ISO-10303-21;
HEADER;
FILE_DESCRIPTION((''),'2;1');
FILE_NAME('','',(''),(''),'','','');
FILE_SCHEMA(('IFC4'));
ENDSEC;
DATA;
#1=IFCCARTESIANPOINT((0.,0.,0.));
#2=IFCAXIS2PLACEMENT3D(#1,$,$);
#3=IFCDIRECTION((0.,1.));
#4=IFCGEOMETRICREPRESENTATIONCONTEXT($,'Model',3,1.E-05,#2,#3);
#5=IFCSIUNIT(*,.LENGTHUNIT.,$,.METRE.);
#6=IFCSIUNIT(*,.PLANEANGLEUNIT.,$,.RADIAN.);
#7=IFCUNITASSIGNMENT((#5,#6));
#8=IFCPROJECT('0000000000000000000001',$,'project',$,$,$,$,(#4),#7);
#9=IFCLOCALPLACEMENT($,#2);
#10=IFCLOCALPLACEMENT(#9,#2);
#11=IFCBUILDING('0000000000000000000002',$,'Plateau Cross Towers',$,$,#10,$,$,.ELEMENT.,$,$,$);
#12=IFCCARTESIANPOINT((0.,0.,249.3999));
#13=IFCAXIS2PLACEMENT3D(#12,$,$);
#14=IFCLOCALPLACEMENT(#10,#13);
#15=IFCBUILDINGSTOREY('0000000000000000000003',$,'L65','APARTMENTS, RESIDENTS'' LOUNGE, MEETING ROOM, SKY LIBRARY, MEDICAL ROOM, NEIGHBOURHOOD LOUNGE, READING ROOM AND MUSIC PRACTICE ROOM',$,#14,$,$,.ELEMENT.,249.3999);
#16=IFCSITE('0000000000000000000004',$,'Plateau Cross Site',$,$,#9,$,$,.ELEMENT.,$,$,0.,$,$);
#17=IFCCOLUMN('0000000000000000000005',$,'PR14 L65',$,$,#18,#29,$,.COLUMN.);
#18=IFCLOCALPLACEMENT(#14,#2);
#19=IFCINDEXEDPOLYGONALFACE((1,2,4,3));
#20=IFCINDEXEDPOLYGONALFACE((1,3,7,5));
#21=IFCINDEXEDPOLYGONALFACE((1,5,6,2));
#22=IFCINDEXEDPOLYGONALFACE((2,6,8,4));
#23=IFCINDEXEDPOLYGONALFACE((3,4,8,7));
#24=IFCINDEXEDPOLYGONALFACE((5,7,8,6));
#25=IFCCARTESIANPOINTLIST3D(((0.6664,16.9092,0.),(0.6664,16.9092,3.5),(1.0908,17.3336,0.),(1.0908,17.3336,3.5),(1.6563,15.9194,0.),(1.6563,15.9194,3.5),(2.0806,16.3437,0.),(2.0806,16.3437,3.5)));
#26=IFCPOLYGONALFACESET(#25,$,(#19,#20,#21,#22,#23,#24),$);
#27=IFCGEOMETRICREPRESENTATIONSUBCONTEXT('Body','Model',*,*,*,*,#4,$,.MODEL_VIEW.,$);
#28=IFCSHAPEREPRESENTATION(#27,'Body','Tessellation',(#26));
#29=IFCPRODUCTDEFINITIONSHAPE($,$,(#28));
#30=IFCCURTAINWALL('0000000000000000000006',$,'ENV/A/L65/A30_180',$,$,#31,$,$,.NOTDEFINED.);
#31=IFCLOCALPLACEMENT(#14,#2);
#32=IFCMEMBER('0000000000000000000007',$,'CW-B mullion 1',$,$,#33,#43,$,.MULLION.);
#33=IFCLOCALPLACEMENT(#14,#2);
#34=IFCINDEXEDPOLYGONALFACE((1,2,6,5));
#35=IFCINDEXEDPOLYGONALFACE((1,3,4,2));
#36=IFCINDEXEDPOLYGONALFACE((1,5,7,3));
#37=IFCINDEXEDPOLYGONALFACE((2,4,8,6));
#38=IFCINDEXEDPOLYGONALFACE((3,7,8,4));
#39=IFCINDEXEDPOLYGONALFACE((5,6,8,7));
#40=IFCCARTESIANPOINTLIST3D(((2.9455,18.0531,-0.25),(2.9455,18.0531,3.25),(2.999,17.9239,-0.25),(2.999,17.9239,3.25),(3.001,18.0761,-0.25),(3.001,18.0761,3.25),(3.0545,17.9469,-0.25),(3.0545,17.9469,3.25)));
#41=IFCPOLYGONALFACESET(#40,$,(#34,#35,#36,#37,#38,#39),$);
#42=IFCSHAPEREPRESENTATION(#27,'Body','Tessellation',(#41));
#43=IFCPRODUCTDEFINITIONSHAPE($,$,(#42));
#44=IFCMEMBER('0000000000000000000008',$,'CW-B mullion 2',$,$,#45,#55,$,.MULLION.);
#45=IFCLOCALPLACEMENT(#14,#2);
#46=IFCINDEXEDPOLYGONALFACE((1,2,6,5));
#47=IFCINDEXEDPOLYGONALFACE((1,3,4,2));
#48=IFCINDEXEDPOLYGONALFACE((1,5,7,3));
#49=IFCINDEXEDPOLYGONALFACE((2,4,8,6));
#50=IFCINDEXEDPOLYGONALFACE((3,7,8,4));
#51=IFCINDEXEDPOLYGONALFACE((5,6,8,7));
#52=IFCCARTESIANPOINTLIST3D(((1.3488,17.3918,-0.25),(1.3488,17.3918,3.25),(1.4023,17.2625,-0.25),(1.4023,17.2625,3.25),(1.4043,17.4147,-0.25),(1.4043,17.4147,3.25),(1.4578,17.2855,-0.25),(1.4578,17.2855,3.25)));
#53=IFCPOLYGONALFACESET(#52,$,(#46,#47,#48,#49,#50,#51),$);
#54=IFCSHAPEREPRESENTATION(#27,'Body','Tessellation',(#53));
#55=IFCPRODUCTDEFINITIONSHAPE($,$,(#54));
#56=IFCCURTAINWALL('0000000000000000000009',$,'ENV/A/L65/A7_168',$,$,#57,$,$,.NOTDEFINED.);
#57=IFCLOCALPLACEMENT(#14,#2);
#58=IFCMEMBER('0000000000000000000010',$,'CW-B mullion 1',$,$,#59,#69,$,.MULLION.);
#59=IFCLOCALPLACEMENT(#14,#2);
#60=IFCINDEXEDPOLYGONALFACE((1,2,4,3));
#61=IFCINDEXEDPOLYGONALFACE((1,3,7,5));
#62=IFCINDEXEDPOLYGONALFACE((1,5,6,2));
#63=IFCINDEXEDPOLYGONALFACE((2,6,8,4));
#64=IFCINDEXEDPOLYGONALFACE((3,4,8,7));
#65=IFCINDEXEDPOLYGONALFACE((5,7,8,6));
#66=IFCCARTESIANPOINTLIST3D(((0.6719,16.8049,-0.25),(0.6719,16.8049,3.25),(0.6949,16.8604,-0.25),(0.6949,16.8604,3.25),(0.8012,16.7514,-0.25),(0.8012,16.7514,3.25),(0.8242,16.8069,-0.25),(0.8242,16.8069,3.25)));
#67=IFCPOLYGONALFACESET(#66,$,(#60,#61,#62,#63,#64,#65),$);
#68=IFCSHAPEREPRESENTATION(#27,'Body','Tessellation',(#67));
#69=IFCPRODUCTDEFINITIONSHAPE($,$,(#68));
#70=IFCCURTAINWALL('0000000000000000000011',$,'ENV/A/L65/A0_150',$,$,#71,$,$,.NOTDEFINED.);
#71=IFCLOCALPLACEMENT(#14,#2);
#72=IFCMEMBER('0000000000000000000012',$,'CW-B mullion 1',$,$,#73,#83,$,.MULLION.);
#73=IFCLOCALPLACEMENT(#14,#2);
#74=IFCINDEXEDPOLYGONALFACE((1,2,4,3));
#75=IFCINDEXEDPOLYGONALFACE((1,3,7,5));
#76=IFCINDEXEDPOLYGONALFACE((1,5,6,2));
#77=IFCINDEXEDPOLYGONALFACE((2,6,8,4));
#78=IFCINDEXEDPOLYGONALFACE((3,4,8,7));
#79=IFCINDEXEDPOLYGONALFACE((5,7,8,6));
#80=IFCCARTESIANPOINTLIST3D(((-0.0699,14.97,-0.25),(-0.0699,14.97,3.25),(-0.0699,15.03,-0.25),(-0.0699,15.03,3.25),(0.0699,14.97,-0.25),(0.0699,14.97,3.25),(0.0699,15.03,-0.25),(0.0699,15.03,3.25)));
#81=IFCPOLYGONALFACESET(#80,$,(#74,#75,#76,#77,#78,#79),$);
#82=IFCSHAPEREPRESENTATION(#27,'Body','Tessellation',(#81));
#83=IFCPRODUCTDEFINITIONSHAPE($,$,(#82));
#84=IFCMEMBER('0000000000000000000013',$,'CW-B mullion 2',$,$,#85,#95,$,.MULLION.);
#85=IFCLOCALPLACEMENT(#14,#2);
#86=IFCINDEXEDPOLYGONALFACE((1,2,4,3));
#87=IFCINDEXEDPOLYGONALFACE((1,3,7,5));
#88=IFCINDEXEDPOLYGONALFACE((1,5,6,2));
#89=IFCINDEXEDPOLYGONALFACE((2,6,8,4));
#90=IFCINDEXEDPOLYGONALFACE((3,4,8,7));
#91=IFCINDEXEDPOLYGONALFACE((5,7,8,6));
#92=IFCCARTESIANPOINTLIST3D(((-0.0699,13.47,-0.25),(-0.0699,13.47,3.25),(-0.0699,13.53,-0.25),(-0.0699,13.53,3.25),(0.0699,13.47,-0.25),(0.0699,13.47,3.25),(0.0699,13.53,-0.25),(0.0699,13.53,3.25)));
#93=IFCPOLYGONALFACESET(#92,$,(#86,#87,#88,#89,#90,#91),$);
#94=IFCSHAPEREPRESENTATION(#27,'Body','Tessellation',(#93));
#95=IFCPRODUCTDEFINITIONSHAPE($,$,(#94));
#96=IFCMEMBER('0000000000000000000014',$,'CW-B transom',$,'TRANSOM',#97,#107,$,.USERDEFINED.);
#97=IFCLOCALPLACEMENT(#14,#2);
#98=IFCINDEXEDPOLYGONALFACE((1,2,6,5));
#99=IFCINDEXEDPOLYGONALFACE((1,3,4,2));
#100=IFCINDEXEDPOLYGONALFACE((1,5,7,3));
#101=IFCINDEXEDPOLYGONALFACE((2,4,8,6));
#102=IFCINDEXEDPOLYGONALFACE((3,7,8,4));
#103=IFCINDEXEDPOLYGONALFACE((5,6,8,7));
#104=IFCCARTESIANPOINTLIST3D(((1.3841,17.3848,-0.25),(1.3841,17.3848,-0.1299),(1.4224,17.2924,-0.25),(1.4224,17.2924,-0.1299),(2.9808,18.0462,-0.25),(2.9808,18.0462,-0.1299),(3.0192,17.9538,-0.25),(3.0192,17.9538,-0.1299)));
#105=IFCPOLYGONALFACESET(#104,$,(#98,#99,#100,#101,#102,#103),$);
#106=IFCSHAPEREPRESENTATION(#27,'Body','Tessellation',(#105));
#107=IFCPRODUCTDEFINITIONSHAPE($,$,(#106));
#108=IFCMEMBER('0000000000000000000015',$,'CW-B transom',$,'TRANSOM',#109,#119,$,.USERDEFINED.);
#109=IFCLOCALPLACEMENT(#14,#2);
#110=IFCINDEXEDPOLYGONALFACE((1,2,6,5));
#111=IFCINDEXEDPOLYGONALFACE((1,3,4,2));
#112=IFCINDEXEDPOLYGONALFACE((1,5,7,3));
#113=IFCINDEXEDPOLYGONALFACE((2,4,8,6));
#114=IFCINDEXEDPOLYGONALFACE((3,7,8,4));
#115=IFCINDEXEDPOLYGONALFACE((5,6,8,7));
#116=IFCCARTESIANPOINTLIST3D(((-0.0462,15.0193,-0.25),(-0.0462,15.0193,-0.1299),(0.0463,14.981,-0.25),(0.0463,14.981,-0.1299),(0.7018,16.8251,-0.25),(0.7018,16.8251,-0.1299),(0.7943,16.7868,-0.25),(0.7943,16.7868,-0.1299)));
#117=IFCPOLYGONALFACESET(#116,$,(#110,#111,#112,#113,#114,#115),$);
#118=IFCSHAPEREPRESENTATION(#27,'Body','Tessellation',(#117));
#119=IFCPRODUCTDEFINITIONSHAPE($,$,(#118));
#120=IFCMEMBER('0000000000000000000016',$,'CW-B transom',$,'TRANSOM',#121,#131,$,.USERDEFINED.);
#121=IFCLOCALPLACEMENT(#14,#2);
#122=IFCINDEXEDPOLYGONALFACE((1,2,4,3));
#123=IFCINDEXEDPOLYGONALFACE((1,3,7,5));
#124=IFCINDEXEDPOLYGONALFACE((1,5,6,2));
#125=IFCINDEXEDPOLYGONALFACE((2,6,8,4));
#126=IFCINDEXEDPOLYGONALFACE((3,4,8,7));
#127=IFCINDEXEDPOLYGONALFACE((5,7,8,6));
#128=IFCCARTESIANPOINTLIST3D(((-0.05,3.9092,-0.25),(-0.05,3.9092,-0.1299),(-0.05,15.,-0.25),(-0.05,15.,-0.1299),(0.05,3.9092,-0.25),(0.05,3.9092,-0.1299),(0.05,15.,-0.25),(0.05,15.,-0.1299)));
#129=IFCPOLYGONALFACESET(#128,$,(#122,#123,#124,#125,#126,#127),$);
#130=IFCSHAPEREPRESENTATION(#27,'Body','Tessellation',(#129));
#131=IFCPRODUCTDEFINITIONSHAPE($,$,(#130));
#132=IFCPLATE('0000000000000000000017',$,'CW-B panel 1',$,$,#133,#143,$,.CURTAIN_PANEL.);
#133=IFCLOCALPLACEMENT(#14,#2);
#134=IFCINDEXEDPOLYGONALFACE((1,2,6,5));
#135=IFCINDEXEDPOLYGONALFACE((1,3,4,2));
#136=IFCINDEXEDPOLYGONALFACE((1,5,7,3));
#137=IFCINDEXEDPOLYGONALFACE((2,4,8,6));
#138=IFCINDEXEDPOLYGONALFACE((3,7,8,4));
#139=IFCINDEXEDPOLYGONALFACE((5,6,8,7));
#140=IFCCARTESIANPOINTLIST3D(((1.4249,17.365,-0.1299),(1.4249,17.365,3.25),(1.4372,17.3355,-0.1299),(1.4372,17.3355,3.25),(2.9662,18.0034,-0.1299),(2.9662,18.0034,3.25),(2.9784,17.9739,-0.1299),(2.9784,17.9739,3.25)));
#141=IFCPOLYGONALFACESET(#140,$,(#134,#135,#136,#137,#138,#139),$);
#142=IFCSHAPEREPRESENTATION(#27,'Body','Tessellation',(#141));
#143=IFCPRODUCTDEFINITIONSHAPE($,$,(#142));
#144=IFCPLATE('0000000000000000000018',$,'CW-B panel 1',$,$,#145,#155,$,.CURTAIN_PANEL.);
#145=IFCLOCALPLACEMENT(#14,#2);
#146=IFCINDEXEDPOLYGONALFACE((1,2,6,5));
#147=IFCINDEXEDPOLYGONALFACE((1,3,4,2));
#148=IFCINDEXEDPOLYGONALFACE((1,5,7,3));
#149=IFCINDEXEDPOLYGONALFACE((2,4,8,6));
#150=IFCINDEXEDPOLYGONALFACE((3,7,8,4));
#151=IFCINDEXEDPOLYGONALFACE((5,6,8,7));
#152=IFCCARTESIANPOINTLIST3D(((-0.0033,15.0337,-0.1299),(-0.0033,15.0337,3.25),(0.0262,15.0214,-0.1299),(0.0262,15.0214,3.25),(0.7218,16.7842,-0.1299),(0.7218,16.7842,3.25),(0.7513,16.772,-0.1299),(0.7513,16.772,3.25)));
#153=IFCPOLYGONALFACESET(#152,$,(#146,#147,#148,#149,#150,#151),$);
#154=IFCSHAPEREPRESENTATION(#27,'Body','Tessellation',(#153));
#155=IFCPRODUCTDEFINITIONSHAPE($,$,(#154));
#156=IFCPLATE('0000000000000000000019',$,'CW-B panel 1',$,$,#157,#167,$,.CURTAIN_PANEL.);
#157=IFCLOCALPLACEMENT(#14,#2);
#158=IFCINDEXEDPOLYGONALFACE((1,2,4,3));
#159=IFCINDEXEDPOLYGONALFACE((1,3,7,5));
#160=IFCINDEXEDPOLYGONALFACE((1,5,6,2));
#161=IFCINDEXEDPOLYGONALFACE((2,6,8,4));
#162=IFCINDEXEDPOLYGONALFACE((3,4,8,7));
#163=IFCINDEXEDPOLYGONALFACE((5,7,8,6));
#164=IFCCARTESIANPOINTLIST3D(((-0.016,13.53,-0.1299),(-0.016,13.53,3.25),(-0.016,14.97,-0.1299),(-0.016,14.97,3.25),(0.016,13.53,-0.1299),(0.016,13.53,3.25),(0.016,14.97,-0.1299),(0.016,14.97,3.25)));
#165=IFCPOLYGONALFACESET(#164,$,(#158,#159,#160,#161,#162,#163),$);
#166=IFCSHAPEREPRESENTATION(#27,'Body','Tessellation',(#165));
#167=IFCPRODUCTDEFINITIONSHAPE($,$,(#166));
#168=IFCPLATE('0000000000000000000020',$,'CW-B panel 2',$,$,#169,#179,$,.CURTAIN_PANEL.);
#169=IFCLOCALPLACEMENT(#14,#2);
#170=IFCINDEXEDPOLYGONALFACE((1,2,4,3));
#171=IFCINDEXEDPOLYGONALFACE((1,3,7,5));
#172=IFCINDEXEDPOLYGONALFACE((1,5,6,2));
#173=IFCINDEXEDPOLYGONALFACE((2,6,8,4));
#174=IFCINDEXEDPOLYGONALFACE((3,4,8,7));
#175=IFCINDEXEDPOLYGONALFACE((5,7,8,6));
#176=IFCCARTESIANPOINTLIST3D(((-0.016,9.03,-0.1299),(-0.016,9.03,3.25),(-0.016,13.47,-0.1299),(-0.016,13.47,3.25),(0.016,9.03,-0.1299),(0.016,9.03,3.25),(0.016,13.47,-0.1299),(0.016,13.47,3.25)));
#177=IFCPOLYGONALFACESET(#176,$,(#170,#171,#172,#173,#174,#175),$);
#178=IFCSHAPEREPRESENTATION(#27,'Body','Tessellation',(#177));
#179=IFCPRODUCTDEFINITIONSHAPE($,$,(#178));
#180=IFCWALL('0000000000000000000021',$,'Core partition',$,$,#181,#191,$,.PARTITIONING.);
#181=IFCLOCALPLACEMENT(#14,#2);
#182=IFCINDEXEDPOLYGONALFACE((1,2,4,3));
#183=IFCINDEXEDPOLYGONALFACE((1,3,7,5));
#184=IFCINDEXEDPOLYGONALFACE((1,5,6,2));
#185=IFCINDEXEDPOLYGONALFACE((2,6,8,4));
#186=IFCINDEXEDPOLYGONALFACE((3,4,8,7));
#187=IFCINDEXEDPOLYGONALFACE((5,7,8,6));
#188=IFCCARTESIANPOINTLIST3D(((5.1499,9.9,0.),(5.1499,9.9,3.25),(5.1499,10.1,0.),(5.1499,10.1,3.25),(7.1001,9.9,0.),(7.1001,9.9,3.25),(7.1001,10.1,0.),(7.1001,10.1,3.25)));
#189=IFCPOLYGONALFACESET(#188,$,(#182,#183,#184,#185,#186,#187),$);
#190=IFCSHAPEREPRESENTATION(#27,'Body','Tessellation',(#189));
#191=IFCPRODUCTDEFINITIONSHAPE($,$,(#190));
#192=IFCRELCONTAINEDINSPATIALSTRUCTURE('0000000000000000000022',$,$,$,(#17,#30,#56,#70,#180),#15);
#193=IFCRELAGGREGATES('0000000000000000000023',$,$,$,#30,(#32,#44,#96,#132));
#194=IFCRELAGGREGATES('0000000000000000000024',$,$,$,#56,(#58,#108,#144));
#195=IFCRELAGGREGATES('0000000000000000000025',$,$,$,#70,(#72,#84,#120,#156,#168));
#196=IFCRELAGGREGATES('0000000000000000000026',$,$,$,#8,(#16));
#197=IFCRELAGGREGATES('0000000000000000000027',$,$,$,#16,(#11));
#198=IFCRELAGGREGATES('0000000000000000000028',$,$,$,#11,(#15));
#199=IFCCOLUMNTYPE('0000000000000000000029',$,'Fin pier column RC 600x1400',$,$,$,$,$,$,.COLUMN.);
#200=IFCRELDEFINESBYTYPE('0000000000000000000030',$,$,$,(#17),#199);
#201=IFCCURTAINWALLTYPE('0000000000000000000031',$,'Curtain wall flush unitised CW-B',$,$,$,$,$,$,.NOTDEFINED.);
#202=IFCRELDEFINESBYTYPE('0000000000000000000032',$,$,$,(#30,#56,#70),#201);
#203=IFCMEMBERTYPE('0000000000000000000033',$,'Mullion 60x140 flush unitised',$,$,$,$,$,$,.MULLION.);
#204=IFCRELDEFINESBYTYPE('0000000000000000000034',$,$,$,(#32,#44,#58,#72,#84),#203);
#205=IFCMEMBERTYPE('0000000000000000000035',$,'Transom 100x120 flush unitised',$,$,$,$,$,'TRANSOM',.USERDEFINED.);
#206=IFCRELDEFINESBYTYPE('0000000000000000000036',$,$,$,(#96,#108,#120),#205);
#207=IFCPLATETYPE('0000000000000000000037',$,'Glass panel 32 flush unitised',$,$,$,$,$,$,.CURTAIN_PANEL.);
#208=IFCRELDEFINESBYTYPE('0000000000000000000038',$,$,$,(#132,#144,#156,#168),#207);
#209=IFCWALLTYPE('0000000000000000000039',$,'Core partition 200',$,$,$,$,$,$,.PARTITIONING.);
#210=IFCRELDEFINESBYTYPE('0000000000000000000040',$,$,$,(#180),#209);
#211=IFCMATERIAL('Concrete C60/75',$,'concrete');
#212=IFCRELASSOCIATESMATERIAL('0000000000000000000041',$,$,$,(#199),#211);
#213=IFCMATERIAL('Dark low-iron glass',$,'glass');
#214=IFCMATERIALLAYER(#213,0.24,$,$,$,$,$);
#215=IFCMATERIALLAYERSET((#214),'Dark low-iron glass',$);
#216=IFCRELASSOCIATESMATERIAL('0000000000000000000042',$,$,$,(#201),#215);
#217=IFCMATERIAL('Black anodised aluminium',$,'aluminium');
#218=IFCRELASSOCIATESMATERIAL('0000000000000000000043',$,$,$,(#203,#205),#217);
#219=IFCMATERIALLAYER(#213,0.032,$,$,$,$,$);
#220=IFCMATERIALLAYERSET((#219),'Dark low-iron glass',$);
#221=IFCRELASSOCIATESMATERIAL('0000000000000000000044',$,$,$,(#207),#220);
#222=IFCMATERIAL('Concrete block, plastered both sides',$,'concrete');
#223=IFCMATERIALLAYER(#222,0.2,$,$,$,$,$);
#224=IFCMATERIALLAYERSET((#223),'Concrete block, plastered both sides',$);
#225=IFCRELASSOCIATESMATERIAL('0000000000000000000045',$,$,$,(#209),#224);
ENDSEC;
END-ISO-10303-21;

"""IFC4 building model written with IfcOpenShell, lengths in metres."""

from ifc_helpers import new_model, si_unit, direction, frame, frame_2d, origin, origin_2d, place, context, subcontext, project, spatial, rectangle, extrude, material, layer, layer_set, material_profile, profile_set, type_object, element, aggregate, save


model = new_model("IFC4")

# Units and contexts
model_context = context("Model", 3, precision=1e-05, world=origin(), true_north=direction((0.0, 1.0)))
body_context = subcontext(model_context, "Body", "Model", "MODEL_VIEW")
ifc_project = project(units=[si_unit("LENGTHUNIT", "METRE"), si_unit("PLANEANGLEUNIT", "RADIAN")], contexts=[model_context])

# Site, building, storey
site_placement = place(None, origin())
site = spatial("IfcSite", under=ifc_project, at=site_placement, Name="Plateau Cross Site", CompositionType="ELEMENT", RefElevation=0.0)
building_placement = place(site_placement, origin())
building = spatial("IfcBuilding", under=site, at=building_placement, Name="Plateau Cross Towers", CompositionType="ELEMENT")
storey_placement = place(building_placement, frame((0.0, 0.0, 249.3999)))
storey = spatial("IfcBuildingStorey", under=building, at=storey_placement, Name="L65", Description="APARTMENTS, RESIDENTS' LOUNGE, MEETING ROOM, SKY LIBRARY, MEDICAL ROOM, NEIGHBOURHOOD LOUNGE, READING ROOM AND MUSIC PRACTICE ROOM", CompositionType="ELEMENT", Elevation=249.3999)

# Column
ifc_material_1 = material(Name="Concrete C60/75", Category="concrete")
ifc_material_profile_1 = material_profile(ifc_material_1, rectangle(XDim=0.6001, YDim=1.3999, at=origin_2d()), Name="RC 600x1400")
ifc_profile_set_1 = profile_set([ifc_material_profile_1], Name="Concrete C60/75")
column_type = type_object("IfcColumnType", Name="Fin pier column RC 600x1400", PredefinedType="COLUMN", material=ifc_profile_set_1)
column_placement = place(storey_placement, frame((1.3735, 16.6265, 0.0), z_axis=(0.0, 0.0, 1.0), x_axis=(0.707107, 0.707107, 0.0)))
element("IfcColumn", 1, at=column_placement, inside=storey, type_object=column_type, Name="PR14 L65", PredefinedType="COLUMN", context=body_context, shape_type="SweptSolid", body=[
    extrude(rectangle(XDim=0.6001, YDim=1.3999, at=origin_2d()), origin(), (0.0, 0.0, 1.0), 3.5),
])

# Curtain wall, members
ifc_material_2 = material(Name="Dark low-iron glass", Category="glass")
ifc_layer_1 = layer(ifc_material_2, 0.24)
ifc_layer_set_1 = layer_set([ifc_layer_1], Name="Dark low-iron glass")
curtain_wall_type = type_object("IfcCurtainWallType", Name="Curtain wall flush unitised CW-B", PredefinedType="NOTDEFINED", material=ifc_layer_set_1)
curtain_wall_1_placement = place(storey_placement, origin())
curtain_wall_1 = element("IfcCurtainWall", 2, at=curtain_wall_1_placement, inside=storey, type_object=curtain_wall_type, Name="ENV/A/L65/A30_180", PredefinedType="NOTDEFINED")
ifc_material_3 = material(Name="Black anodised aluminium", Category="aluminium")
ifc_material_profile_2 = material_profile(ifc_material_3, rectangle(XDim=0.0601, YDim=0.1399, at=origin_2d()), Name="MULLION 60x140")
ifc_profile_set_2 = profile_set([ifc_material_profile_2], Name="Black anodised aluminium")
member_type_1 = type_object("IfcMemberType", Name="Mullion 60x140 flush unitised", PredefinedType="MULLION", material=ifc_profile_set_2)
member_1_placement = place(storey_placement, frame((3.0, 18.0, -0.25), z_axis=(0.0, 0.0, 1.0), x_axis=(-0.923879, -0.382684, 0.0)))
member_1 = element("IfcMember", 3, at=member_1_placement, type_object=member_type_1, Name="CW-B mullion 1", PredefinedType="MULLION", context=body_context, shape_type="SweptSolid", body=[
    extrude(rectangle(XDim=0.0601, YDim=0.1399, at=origin_2d()), origin(), (0.0, 0.0, 1.0), 3.5),
])
member_2_placement = place(storey_placement, frame((1.4033, 17.3386, -0.25), z_axis=(0.0, 0.0, 1.0), x_axis=(-0.923879, -0.382684, 0.0)))
member_2 = element("IfcMember", 4, at=member_2_placement, type_object=member_type_1, Name="CW-B mullion 2", PredefinedType="MULLION", context=body_context, shape_type="SweptSolid", body=[
    extrude(rectangle(XDim=0.0601, YDim=0.1399, at=origin_2d()), origin(), (0.0, 0.0, 1.0), 3.5),
])

# Curtain wall, member
curtain_wall_2_placement = place(storey_placement, origin())
curtain_wall_2 = element("IfcCurtainWall", 5, at=curtain_wall_2_placement, inside=storey, type_object=curtain_wall_type, Name="ENV/A/L65/A7_168", PredefinedType="NOTDEFINED")
member_3_placement = place(storey_placement, frame((0.748, 16.8059, -0.25), z_axis=(0.0, 0.0, 1.0), x_axis=(-0.382684, -0.923879, 0.0)))
member_3 = element("IfcMember", 6, at=member_3_placement, type_object=member_type_1, Name="CW-B mullion 1", PredefinedType="MULLION", context=body_context, shape_type="SweptSolid", body=[
    extrude(rectangle(XDim=0.0601, YDim=0.1399, at=origin_2d()), origin(), (0.0, 0.0, 1.0), 3.5),
])

# Curtain wall, members
curtain_wall_3_placement = place(storey_placement, origin())
curtain_wall_3 = element("IfcCurtainWall", 7, at=curtain_wall_3_placement, inside=storey, type_object=curtain_wall_type, Name="ENV/A/L65/A0_150", PredefinedType="NOTDEFINED")
member_4_placement = place(storey_placement, frame((0.0, 15.0, -0.25), z_axis=(0.0, 0.0, 1.0), x_axis=(0.0, -1.0, 0.0)))
member_4 = element("IfcMember", 8, at=member_4_placement, type_object=member_type_1, Name="CW-B mullion 1", PredefinedType="MULLION", context=body_context, shape_type="SweptSolid", body=[
    extrude(rectangle(XDim=0.0601, YDim=0.1399, at=origin_2d()), origin(), (0.0, 0.0, 1.0), 3.5),
])
member_5_placement = place(storey_placement, frame((0.0, 13.5, -0.25), z_axis=(0.0, 0.0, 1.0), x_axis=(0.0, -1.0, 0.0)))
member_5 = element("IfcMember", 9, at=member_5_placement, type_object=member_type_1, Name="CW-B mullion 2", PredefinedType="MULLION", context=body_context, shape_type="SweptSolid", body=[
    extrude(rectangle(XDim=0.0601, YDim=0.1399, at=origin_2d()), origin(), (0.0, 0.0, 1.0), 3.5),
])

# Members
ifc_material_profile_3 = material_profile(ifc_material_3, rectangle(XDim=0.1001, YDim=0.1201, at=origin_2d()), Name="TRANSOM 100x120")
ifc_profile_set_3 = profile_set([ifc_material_profile_3], Name="Black anodised aluminium")
member_type_2 = type_object("IfcMemberType", Name="Transom 100x120 flush unitised", ElementType="TRANSOM", PredefinedType="USERDEFINED", material=ifc_profile_set_3)
member_6_placement = place(storey_placement, frame((3.0, 18.0, -0.1899), z_axis=(-0.923877, -0.382689, 0.0), x_axis=(0.382689, -0.923877, 0.0)))
member_6 = element("IfcMember", 10, at=member_6_placement, type_object=member_type_2, Name="CW-B transom", ObjectType="TRANSOM", PredefinedType="USERDEFINED", context=body_context, shape_type="SweptSolid", body=[
    extrude(rectangle(XDim=0.1001, YDim=0.1201, at=origin_2d()), origin(), (0.0, 0.0, 1.0), 1.7283),
])
member_7_placement = place(storey_placement, frame((0.748, 16.8059, -0.1899), z_axis=(-0.38269, -0.923877, 0.0), x_axis=(0.923877, -0.38269, 0.0)))
member_7 = element("IfcMember", 11, at=member_7_placement, type_object=member_type_2, Name="CW-B transom", ObjectType="TRANSOM", PredefinedType="USERDEFINED", context=body_context, shape_type="SweptSolid", body=[
    extrude(rectangle(XDim=0.1001, YDim=0.1201, at=origin_2d()), origin(), (0.0, 0.0, 1.0), 1.9546),
])
member_8_placement = place(storey_placement, frame((0.0, 15.0, -0.1899), z_axis=(0.0, -1.0, 0.0), x_axis=(1.0, 0.0, 0.0)))
member_8 = element("IfcMember", 12, at=member_8_placement, type_object=member_type_2, Name="CW-B transom", ObjectType="TRANSOM", PredefinedType="USERDEFINED", context=body_context, shape_type="SweptSolid", body=[
    extrude(rectangle(XDim=0.1001, YDim=0.1201, at=origin_2d()), origin(), (0.0, 0.0, 1.0), 11.0908),
])

# Plates
ifc_layer_2 = layer(ifc_material_2, 0.032)
ifc_layer_set_2 = layer_set([ifc_layer_2], Name="Dark low-iron glass")
plate_type = type_object("IfcPlateType", Name="Glass panel 32 flush unitised", PredefinedType="CURTAIN_PANEL", material=ifc_layer_set_2)
plate_1_placement = place(storey_placement, frame((2.2017, 17.6694, -0.1299), z_axis=(0.0, 0.0, 1.0), x_axis=(-0.923879, -0.382684, 0.0)))
plate_1 = element("IfcPlate", 13, at=plate_1_placement, type_object=plate_type, Name="CW-B panel 1", PredefinedType="CURTAIN_PANEL", context=body_context, shape_type="SweptSolid", body=[
    extrude(rectangle(XDim=1.6682, YDim=0.032, at=origin_2d()), origin(), (0.0, 0.0, 1.0), 3.3799),
])
aggregate(curtain_wall_1, [member_1, member_2, member_6, plate_1])
plate_2_placement = place(storey_placement, frame((0.374, 15.9028, -0.1299), z_axis=(0.0, 0.0, 1.0), x_axis=(-0.382684, -0.923879, 0.0)))
plate_2 = element("IfcPlate", 14, at=plate_2_placement, type_object=plate_type, Name="CW-B panel 1", PredefinedType="CURTAIN_PANEL", context=body_context, shape_type="SweptSolid", body=[
    extrude(rectangle(XDim=1.8948, YDim=0.032, at=origin_2d()), origin(), (0.0, 0.0, 1.0), 3.3799),
])
aggregate(curtain_wall_2, [member_3, member_7, plate_2])
plate_3_placement = place(storey_placement, frame((0.0, 14.25, -0.1299), z_axis=(0.0, 0.0, 1.0), x_axis=(0.0, -1.0, 0.0)))
plate_3 = element("IfcPlate", 15, at=plate_3_placement, type_object=plate_type, Name="CW-B panel 1", PredefinedType="CURTAIN_PANEL", context=body_context, shape_type="SweptSolid", body=[
    extrude(rectangle(XDim=1.4399, YDim=0.032, at=origin_2d()), origin(), (0.0, 0.0, 1.0), 3.3799),
])
plate_4_placement = place(storey_placement, frame((0.0, 11.25, -0.1299), z_axis=(0.0, 0.0, 1.0), x_axis=(0.0, -1.0, 0.0)))
plate_4 = element("IfcPlate", 16, at=plate_4_placement, type_object=plate_type, Name="CW-B panel 2", PredefinedType="CURTAIN_PANEL", context=body_context, shape_type="SweptSolid", body=[
    extrude(rectangle(XDim=4.4399, YDim=0.032, at=origin_2d()), origin(), (0.0, 0.0, 1.0), 3.3799),
])
aggregate(curtain_wall_3, [member_4, member_5, member_8, plate_3, plate_4])

# Wall
ifc_material_4 = material(Name="Concrete block, plastered both sides", Category="concrete")
ifc_layer_3 = layer(ifc_material_4, 0.2)
ifc_layer_set_3 = layer_set([ifc_layer_3], Name="Concrete block, plastered both sides")
wall_type_1 = type_object("IfcWallType", Name="Core partition 200", PredefinedType="PARTITIONING", material=ifc_layer_set_3)
wall_1_placement = place(storey_placement, frame((5.1499, 10.0, 0.0), z_axis=(0.0, 0.0, 1.0), x_axis=(1.0, 0.0, 0.0)))
element("IfcWall", 17, at=wall_1_placement, inside=storey, type_object=wall_type_1, Name="Core partition", PredefinedType="PARTITIONING", context=body_context, shape_type="SweptSolid", body=[
    extrude(rectangle(XDim=1.9502, YDim=0.2, at=frame_2d((0.9751, 0.0))), origin(), (0.0, 0.0, 1.0), 3.25),
])

save(model, "model.ifc")
